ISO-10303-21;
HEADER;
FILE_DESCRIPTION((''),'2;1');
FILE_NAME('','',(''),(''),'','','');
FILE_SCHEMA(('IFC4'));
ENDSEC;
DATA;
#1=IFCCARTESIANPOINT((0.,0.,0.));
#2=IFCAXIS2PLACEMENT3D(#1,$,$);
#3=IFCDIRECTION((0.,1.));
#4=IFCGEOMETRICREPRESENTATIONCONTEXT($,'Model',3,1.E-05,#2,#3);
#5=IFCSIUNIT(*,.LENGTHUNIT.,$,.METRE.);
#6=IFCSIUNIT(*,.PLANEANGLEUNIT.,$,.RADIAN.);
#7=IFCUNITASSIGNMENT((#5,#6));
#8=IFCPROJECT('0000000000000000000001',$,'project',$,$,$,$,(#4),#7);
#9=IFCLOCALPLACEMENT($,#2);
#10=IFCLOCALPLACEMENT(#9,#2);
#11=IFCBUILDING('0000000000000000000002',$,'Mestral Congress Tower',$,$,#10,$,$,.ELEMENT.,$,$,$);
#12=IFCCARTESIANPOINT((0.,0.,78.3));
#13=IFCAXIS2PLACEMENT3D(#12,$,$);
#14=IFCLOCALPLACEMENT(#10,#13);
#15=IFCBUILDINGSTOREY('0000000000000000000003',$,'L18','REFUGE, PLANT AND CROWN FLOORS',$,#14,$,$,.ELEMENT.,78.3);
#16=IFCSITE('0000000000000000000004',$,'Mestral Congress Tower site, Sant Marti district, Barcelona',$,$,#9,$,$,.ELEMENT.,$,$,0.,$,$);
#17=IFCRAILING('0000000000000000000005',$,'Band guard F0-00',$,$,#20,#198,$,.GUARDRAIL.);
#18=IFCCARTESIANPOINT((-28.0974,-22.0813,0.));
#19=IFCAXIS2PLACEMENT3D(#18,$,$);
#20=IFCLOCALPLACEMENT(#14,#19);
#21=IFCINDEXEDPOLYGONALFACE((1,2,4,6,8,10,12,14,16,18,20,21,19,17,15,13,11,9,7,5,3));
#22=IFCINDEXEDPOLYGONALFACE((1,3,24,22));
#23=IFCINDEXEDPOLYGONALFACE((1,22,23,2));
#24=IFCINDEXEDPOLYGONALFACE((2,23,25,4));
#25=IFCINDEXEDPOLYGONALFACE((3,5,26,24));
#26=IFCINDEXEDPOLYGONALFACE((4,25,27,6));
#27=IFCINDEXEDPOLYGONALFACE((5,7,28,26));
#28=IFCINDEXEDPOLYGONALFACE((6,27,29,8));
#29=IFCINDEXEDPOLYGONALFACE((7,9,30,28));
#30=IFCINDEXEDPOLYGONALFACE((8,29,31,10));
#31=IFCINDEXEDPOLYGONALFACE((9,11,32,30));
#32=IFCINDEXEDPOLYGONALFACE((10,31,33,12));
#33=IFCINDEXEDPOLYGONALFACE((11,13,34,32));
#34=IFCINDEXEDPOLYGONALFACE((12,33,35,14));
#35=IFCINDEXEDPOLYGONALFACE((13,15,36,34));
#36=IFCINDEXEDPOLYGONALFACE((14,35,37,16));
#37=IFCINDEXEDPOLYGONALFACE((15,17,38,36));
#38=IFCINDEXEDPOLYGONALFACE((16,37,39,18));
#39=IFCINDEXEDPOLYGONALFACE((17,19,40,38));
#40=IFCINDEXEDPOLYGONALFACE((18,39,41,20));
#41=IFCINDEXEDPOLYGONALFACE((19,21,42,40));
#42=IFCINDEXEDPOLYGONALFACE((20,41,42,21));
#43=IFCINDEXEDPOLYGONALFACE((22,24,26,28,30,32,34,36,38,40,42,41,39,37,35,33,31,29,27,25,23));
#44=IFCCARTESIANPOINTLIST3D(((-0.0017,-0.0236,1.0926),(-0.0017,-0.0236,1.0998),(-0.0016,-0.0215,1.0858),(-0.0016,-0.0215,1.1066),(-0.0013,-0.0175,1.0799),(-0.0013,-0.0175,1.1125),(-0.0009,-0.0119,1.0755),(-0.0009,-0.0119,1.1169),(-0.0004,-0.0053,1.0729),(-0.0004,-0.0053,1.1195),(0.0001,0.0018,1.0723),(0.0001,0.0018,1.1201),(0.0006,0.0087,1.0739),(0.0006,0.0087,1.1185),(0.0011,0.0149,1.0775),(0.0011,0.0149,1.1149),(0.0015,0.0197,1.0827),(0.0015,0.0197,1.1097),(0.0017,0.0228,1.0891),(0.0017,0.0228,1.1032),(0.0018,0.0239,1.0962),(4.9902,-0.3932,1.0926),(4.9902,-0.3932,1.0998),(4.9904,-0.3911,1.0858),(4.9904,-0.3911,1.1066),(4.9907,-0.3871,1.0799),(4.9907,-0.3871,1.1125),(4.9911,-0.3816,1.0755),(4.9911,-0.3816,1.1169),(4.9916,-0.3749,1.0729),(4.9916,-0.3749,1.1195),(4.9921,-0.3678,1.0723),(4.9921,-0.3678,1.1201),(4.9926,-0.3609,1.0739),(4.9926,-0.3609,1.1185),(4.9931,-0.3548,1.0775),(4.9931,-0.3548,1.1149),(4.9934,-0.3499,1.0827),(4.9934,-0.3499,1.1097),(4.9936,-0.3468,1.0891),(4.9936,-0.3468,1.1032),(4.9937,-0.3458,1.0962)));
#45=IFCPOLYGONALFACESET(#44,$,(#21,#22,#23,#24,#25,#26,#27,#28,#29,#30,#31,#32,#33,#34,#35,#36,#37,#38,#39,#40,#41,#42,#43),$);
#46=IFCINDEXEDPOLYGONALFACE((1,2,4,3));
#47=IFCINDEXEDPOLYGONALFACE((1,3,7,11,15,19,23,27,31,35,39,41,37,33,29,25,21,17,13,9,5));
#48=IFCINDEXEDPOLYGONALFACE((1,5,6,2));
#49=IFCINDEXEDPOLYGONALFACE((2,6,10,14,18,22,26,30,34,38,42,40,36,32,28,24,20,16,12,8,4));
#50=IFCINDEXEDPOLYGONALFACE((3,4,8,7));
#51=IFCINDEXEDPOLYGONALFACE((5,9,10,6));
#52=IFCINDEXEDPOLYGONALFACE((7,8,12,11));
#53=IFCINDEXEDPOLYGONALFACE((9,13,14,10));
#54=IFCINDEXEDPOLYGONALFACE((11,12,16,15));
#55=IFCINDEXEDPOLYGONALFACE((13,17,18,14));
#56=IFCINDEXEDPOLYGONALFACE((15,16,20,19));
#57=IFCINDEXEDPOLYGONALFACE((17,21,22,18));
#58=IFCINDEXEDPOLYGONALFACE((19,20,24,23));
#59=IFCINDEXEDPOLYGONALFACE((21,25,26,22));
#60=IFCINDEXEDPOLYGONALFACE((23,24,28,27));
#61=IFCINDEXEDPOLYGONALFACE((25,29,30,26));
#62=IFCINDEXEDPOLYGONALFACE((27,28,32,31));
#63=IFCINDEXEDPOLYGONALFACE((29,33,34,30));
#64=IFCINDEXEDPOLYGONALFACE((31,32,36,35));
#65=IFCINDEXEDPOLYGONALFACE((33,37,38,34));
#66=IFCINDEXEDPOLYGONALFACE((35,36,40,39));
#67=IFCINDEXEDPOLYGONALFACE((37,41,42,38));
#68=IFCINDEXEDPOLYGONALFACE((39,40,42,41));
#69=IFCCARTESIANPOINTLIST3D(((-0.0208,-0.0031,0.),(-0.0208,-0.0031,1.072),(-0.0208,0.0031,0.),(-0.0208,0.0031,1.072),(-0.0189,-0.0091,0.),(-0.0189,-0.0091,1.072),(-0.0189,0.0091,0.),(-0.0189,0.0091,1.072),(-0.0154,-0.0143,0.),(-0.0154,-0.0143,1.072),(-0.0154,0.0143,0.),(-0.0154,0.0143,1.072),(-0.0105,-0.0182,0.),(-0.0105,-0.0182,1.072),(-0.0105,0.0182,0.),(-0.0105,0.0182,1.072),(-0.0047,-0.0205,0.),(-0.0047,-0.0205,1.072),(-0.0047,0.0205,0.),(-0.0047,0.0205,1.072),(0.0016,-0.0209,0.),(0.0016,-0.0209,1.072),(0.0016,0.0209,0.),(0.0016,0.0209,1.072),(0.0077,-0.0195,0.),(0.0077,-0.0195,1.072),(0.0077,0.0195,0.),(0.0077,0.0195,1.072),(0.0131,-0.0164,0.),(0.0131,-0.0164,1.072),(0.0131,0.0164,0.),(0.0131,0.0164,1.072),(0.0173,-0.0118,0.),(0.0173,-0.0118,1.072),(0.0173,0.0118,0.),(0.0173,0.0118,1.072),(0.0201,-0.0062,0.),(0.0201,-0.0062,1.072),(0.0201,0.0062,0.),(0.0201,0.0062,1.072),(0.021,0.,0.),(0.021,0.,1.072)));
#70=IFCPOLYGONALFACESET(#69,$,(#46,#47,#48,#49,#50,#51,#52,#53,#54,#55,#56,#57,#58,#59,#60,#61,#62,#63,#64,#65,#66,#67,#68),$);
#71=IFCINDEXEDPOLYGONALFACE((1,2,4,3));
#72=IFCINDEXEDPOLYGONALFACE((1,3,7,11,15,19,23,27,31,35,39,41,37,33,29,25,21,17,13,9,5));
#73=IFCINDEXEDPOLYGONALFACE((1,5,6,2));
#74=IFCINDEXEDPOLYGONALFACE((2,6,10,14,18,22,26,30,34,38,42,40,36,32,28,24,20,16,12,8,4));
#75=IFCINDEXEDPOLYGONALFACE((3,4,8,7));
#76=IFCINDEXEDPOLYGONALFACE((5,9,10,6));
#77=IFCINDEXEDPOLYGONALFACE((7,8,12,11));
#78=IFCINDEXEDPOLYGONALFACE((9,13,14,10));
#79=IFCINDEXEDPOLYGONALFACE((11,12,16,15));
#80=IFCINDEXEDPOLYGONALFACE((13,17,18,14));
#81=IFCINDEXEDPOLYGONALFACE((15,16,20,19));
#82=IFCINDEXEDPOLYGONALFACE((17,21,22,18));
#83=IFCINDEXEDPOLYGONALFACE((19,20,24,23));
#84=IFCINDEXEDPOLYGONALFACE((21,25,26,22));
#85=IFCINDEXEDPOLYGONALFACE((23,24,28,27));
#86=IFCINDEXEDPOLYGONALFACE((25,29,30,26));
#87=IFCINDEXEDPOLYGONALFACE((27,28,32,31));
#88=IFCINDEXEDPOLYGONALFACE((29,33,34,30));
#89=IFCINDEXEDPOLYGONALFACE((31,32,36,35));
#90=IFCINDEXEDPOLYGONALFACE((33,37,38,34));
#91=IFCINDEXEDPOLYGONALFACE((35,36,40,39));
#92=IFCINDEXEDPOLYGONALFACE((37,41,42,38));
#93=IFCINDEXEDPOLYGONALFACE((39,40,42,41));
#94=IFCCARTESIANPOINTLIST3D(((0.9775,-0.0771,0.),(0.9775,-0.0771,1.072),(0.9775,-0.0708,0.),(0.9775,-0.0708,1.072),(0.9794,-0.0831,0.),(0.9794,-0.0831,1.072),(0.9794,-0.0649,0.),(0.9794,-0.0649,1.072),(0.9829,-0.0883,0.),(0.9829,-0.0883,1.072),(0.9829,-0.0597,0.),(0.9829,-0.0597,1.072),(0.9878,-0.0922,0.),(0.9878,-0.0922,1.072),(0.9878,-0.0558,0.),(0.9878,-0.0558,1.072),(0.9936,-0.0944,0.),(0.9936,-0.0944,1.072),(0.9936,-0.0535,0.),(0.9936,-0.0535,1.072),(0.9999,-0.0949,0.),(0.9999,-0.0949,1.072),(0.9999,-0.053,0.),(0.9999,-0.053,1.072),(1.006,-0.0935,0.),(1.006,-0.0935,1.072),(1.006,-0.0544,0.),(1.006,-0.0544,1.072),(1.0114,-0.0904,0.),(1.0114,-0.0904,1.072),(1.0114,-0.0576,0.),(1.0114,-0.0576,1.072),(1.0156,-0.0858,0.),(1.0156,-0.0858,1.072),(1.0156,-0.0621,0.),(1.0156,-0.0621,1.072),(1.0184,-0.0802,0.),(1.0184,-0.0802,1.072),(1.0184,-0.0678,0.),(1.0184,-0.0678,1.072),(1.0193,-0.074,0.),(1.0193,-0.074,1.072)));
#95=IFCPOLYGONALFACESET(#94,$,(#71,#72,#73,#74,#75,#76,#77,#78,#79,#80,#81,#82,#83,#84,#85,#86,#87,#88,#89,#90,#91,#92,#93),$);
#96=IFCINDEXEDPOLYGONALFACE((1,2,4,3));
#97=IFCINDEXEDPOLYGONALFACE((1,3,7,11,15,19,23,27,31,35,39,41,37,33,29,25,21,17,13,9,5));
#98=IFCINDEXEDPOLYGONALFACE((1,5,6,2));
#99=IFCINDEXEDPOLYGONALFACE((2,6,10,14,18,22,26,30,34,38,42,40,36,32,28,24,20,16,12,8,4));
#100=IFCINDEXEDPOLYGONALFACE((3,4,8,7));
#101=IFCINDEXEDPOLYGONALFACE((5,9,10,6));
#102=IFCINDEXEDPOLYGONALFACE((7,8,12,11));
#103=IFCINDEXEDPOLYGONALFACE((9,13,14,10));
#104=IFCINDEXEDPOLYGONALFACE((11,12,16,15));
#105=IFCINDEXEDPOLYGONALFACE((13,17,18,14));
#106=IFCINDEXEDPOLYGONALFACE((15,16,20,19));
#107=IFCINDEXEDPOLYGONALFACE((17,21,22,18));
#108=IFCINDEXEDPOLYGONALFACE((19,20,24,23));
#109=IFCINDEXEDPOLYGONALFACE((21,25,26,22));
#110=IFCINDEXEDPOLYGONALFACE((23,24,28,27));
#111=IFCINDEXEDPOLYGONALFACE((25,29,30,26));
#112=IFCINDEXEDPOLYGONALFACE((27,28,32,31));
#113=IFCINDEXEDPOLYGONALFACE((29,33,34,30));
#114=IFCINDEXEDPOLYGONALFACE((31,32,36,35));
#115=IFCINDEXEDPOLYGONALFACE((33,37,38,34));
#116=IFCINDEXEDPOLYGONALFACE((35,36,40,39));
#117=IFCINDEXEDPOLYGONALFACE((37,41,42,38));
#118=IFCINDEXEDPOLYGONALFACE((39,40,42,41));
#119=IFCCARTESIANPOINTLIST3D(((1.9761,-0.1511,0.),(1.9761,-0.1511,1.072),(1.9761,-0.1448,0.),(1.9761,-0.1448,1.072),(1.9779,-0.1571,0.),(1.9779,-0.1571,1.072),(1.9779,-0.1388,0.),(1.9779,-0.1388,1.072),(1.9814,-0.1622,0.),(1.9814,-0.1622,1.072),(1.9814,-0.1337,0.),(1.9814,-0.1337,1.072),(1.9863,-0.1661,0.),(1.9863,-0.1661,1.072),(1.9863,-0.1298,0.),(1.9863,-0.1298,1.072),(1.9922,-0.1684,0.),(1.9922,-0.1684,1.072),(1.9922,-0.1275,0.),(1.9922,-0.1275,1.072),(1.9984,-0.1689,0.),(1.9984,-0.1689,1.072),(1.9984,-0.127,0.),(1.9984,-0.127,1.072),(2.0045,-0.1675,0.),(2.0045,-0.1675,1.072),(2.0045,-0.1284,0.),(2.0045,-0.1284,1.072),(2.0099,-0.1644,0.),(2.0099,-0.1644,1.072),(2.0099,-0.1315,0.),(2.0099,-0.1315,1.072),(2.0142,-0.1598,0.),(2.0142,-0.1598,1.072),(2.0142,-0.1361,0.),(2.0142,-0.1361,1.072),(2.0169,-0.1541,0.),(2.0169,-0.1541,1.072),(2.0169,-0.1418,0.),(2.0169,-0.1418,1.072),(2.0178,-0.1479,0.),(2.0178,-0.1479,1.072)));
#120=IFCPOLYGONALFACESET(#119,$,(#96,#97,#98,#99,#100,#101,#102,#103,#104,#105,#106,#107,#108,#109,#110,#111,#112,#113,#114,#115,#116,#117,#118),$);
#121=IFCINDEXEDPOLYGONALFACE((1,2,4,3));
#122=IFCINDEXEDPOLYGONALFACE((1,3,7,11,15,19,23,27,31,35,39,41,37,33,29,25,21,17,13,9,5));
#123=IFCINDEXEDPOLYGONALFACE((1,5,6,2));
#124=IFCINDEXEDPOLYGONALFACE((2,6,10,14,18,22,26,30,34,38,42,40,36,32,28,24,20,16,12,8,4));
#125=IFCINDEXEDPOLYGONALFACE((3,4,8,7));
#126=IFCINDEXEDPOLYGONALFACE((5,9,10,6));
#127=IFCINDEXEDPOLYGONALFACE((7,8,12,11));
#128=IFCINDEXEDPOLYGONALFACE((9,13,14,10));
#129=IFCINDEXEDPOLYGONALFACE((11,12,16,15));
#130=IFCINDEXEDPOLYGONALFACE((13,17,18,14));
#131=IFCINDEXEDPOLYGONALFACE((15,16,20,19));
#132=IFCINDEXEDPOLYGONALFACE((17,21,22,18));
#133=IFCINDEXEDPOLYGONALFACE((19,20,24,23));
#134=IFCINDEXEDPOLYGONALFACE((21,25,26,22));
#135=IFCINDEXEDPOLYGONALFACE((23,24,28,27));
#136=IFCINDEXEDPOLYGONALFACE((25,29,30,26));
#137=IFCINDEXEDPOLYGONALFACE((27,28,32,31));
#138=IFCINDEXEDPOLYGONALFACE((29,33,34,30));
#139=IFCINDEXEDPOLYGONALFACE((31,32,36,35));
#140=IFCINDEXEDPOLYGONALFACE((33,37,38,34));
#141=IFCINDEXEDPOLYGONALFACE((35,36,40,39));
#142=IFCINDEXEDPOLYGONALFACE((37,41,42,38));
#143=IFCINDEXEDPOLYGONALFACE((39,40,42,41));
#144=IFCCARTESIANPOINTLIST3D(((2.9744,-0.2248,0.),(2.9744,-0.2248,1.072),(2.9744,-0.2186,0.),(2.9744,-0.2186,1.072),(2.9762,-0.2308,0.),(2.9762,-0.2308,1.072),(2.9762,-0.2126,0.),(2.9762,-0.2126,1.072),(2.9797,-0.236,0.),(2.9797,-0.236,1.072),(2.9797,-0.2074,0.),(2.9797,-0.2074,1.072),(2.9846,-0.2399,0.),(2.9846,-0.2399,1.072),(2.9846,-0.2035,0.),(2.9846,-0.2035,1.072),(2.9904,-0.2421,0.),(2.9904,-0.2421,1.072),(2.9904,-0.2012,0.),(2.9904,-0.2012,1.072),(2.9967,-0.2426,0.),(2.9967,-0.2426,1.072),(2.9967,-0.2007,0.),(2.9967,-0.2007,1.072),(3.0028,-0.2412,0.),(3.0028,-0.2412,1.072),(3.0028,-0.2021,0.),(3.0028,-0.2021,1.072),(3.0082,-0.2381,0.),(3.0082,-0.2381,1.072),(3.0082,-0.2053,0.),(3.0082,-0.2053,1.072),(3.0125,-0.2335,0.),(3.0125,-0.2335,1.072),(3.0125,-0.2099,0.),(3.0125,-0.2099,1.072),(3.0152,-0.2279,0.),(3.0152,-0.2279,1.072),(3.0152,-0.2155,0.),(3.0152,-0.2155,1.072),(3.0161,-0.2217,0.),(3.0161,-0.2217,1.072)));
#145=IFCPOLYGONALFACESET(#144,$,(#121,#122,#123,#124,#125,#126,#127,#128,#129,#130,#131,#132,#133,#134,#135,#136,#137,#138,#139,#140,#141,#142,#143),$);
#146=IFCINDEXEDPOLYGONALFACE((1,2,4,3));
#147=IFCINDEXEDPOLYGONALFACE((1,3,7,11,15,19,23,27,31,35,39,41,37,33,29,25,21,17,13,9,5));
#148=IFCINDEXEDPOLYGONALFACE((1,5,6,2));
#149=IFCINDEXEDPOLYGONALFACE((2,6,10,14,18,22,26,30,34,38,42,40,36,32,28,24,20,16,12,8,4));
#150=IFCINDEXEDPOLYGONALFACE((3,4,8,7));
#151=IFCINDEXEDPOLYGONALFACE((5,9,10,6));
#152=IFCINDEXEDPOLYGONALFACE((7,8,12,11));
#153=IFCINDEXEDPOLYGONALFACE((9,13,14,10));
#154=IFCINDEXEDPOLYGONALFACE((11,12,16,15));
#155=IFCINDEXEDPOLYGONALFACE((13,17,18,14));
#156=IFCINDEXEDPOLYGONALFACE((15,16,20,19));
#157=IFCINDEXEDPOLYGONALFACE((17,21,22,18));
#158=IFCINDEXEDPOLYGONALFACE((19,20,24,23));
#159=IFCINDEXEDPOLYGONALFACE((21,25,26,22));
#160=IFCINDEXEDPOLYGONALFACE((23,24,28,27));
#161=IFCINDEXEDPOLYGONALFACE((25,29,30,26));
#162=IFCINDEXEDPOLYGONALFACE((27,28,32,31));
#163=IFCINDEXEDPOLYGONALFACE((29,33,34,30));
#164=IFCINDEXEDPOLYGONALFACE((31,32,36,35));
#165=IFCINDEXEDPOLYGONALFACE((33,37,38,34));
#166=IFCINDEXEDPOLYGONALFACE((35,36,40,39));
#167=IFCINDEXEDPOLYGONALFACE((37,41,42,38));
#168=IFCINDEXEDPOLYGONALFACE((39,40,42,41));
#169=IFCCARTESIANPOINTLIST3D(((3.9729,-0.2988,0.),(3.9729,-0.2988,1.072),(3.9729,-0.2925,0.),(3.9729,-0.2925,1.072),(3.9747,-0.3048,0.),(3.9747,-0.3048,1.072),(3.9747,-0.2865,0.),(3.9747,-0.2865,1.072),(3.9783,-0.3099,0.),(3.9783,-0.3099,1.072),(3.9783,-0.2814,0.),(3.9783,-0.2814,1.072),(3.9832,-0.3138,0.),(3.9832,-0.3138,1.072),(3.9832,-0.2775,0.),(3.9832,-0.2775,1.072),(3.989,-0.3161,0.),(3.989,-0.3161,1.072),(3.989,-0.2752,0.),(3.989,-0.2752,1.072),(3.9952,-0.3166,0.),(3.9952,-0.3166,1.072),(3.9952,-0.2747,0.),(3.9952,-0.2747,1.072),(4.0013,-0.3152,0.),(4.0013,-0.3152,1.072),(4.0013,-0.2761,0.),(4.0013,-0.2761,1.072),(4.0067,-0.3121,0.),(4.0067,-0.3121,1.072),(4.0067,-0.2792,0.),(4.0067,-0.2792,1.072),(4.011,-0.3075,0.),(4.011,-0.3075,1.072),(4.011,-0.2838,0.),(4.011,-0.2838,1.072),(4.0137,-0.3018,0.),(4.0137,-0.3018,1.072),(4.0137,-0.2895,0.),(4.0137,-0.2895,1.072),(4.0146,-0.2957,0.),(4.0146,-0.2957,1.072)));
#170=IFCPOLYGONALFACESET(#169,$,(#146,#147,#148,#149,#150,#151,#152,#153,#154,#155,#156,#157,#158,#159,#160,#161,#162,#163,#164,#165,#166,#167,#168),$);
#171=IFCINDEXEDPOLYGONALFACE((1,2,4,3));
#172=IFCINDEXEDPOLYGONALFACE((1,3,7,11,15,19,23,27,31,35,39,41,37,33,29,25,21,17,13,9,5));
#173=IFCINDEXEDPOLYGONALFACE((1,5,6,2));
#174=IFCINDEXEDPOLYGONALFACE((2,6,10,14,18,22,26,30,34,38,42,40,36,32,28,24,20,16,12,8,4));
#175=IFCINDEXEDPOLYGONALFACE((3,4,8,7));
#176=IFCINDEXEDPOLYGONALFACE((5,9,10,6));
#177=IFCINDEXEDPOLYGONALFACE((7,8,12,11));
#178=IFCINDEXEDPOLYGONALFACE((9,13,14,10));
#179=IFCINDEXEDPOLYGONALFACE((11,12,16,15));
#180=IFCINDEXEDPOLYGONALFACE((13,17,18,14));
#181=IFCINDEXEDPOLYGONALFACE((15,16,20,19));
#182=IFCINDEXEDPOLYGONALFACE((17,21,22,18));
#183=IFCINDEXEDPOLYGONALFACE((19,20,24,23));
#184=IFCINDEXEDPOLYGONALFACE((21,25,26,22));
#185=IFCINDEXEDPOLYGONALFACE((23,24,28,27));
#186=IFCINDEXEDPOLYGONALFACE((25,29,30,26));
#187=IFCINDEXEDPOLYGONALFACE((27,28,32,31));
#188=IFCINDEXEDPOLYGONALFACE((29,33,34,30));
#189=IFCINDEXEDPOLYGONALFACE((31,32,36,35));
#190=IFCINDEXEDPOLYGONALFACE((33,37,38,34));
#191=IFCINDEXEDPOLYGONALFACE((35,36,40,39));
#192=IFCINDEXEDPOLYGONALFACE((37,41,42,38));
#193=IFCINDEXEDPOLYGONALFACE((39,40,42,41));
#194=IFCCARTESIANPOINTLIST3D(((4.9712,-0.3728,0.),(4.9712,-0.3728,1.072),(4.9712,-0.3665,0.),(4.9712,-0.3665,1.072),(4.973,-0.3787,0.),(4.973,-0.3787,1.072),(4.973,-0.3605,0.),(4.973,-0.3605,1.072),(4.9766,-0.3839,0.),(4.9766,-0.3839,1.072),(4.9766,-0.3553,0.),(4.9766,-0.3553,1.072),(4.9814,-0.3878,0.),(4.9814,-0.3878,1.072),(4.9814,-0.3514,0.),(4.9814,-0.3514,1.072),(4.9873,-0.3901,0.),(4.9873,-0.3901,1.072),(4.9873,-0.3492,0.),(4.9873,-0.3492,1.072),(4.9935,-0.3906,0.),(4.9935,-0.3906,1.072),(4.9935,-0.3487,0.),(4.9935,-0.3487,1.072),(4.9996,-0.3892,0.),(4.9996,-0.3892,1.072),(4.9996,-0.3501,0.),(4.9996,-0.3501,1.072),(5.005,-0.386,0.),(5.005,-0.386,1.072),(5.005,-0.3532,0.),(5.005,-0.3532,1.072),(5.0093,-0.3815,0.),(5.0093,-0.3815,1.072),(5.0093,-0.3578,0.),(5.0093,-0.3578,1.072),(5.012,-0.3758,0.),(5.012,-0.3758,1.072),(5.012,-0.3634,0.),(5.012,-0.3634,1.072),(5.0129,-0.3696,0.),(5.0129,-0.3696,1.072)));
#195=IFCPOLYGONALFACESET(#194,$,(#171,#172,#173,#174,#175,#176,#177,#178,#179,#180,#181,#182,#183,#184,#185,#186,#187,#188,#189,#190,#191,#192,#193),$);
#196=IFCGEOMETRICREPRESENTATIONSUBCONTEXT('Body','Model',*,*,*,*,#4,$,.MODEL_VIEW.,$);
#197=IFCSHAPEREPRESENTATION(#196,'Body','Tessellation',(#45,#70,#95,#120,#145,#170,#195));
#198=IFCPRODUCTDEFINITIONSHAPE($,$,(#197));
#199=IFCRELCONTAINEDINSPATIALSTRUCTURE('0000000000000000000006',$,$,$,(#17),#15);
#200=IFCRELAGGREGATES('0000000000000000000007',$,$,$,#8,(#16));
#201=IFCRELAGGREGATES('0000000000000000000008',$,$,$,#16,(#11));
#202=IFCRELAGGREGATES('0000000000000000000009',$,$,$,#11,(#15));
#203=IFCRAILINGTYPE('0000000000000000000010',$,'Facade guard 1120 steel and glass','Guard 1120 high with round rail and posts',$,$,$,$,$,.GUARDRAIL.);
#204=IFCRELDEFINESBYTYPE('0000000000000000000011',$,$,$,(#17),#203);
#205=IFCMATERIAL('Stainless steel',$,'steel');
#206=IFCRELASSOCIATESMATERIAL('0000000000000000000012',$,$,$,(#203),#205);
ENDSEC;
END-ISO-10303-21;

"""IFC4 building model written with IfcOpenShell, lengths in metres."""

from ifc_helpers import new_model, si_unit, direction, frame, origin, origin_2d, place, context, subcontext, project, spatial, circle, extrude, material, type_object, element, save


model = new_model("IFC4")

# Units and contexts
model_context = context("Model", 3, precision=1e-05, world=origin(), true_north=direction((0.0, 1.0)))
body_context = subcontext(model_context, "Body", "Model", "MODEL_VIEW")
ifc_project = project(units=[si_unit("LENGTHUNIT", "METRE"), si_unit("PLANEANGLEUNIT", "RADIAN")], contexts=[model_context])

# Site, building, storey
site_placement = place(None, origin())
site = spatial("IfcSite", under=ifc_project, at=site_placement, Name="Mestral Congress Tower site, Sant Marti district, Barcelona", CompositionType="ELEMENT", RefElevation=0.0)
building_placement = place(site_placement, origin())
building = spatial("IfcBuilding", under=site, at=building_placement, Name="Mestral Congress Tower", CompositionType="ELEMENT")
storey_placement = place(building_placement, frame((0.0, 0.0, 78.3)))
storey = spatial("IfcBuildingStorey", under=building, at=storey_placement, Name="L18", Description="REFUGE, PLANT AND CROWN FLOORS", CompositionType="ELEMENT", Elevation=78.3)

# Railing
ifc_material_1 = material(Name="Stainless steel", Category="steel")
railing_type = type_object("IfcRailingType", Name="Facade guard 1120 steel and glass", Description="Guard 1120 high with round rail and posts", PredefinedType="GUARDRAIL", material=ifc_material_1)
railing_placement = place(storey_placement, frame((-28.0974, -22.0813, 0.0)))
element("IfcRailing", 1, at=railing_placement, inside=storey, type_object=railing_type, Name="Band guard F0-00", PredefinedType="GUARDRAIL", context=body_context, shape_type="SweptSolid", body=[
    extrude(circle(Radius=0.0239, at=origin_2d()), frame((0.0, 0.0, 1.0962), z_axis=(0.99727, -0.073843, 0.0), x_axis=(0.073843, 0.99727, 0.0)), (0.0, 0.0, 1.0), 5.0056),
    extrude(circle(Radius=0.021, at=origin_2d()), origin(), (0.0, 0.0, 1.0), 1.072),
    extrude(circle(Radius=0.021, at=origin_2d()), frame((0.9983, -0.074, 0.0)), (0.0, 0.0, 1.0), 1.072),
    extrude(circle(Radius=0.021, at=origin_2d()), frame((1.9968, -0.1479, 0.0)), (0.0, 0.0, 1.0), 1.072),
    extrude(circle(Radius=0.021, at=origin_2d()), frame((2.9951, -0.2217, 0.0)), (0.0, 0.0, 1.0), 1.072),
    extrude(circle(Radius=0.021, at=origin_2d()), frame((3.9937, -0.2957, 0.0)), (0.0, 0.0, 1.0), 1.072),
    extrude(circle(Radius=0.021, at=origin_2d()), frame((4.9919, -0.3696, 0.0)), (0.0, 0.0, 1.0), 1.072),
])

save(model, "model.ifc")
